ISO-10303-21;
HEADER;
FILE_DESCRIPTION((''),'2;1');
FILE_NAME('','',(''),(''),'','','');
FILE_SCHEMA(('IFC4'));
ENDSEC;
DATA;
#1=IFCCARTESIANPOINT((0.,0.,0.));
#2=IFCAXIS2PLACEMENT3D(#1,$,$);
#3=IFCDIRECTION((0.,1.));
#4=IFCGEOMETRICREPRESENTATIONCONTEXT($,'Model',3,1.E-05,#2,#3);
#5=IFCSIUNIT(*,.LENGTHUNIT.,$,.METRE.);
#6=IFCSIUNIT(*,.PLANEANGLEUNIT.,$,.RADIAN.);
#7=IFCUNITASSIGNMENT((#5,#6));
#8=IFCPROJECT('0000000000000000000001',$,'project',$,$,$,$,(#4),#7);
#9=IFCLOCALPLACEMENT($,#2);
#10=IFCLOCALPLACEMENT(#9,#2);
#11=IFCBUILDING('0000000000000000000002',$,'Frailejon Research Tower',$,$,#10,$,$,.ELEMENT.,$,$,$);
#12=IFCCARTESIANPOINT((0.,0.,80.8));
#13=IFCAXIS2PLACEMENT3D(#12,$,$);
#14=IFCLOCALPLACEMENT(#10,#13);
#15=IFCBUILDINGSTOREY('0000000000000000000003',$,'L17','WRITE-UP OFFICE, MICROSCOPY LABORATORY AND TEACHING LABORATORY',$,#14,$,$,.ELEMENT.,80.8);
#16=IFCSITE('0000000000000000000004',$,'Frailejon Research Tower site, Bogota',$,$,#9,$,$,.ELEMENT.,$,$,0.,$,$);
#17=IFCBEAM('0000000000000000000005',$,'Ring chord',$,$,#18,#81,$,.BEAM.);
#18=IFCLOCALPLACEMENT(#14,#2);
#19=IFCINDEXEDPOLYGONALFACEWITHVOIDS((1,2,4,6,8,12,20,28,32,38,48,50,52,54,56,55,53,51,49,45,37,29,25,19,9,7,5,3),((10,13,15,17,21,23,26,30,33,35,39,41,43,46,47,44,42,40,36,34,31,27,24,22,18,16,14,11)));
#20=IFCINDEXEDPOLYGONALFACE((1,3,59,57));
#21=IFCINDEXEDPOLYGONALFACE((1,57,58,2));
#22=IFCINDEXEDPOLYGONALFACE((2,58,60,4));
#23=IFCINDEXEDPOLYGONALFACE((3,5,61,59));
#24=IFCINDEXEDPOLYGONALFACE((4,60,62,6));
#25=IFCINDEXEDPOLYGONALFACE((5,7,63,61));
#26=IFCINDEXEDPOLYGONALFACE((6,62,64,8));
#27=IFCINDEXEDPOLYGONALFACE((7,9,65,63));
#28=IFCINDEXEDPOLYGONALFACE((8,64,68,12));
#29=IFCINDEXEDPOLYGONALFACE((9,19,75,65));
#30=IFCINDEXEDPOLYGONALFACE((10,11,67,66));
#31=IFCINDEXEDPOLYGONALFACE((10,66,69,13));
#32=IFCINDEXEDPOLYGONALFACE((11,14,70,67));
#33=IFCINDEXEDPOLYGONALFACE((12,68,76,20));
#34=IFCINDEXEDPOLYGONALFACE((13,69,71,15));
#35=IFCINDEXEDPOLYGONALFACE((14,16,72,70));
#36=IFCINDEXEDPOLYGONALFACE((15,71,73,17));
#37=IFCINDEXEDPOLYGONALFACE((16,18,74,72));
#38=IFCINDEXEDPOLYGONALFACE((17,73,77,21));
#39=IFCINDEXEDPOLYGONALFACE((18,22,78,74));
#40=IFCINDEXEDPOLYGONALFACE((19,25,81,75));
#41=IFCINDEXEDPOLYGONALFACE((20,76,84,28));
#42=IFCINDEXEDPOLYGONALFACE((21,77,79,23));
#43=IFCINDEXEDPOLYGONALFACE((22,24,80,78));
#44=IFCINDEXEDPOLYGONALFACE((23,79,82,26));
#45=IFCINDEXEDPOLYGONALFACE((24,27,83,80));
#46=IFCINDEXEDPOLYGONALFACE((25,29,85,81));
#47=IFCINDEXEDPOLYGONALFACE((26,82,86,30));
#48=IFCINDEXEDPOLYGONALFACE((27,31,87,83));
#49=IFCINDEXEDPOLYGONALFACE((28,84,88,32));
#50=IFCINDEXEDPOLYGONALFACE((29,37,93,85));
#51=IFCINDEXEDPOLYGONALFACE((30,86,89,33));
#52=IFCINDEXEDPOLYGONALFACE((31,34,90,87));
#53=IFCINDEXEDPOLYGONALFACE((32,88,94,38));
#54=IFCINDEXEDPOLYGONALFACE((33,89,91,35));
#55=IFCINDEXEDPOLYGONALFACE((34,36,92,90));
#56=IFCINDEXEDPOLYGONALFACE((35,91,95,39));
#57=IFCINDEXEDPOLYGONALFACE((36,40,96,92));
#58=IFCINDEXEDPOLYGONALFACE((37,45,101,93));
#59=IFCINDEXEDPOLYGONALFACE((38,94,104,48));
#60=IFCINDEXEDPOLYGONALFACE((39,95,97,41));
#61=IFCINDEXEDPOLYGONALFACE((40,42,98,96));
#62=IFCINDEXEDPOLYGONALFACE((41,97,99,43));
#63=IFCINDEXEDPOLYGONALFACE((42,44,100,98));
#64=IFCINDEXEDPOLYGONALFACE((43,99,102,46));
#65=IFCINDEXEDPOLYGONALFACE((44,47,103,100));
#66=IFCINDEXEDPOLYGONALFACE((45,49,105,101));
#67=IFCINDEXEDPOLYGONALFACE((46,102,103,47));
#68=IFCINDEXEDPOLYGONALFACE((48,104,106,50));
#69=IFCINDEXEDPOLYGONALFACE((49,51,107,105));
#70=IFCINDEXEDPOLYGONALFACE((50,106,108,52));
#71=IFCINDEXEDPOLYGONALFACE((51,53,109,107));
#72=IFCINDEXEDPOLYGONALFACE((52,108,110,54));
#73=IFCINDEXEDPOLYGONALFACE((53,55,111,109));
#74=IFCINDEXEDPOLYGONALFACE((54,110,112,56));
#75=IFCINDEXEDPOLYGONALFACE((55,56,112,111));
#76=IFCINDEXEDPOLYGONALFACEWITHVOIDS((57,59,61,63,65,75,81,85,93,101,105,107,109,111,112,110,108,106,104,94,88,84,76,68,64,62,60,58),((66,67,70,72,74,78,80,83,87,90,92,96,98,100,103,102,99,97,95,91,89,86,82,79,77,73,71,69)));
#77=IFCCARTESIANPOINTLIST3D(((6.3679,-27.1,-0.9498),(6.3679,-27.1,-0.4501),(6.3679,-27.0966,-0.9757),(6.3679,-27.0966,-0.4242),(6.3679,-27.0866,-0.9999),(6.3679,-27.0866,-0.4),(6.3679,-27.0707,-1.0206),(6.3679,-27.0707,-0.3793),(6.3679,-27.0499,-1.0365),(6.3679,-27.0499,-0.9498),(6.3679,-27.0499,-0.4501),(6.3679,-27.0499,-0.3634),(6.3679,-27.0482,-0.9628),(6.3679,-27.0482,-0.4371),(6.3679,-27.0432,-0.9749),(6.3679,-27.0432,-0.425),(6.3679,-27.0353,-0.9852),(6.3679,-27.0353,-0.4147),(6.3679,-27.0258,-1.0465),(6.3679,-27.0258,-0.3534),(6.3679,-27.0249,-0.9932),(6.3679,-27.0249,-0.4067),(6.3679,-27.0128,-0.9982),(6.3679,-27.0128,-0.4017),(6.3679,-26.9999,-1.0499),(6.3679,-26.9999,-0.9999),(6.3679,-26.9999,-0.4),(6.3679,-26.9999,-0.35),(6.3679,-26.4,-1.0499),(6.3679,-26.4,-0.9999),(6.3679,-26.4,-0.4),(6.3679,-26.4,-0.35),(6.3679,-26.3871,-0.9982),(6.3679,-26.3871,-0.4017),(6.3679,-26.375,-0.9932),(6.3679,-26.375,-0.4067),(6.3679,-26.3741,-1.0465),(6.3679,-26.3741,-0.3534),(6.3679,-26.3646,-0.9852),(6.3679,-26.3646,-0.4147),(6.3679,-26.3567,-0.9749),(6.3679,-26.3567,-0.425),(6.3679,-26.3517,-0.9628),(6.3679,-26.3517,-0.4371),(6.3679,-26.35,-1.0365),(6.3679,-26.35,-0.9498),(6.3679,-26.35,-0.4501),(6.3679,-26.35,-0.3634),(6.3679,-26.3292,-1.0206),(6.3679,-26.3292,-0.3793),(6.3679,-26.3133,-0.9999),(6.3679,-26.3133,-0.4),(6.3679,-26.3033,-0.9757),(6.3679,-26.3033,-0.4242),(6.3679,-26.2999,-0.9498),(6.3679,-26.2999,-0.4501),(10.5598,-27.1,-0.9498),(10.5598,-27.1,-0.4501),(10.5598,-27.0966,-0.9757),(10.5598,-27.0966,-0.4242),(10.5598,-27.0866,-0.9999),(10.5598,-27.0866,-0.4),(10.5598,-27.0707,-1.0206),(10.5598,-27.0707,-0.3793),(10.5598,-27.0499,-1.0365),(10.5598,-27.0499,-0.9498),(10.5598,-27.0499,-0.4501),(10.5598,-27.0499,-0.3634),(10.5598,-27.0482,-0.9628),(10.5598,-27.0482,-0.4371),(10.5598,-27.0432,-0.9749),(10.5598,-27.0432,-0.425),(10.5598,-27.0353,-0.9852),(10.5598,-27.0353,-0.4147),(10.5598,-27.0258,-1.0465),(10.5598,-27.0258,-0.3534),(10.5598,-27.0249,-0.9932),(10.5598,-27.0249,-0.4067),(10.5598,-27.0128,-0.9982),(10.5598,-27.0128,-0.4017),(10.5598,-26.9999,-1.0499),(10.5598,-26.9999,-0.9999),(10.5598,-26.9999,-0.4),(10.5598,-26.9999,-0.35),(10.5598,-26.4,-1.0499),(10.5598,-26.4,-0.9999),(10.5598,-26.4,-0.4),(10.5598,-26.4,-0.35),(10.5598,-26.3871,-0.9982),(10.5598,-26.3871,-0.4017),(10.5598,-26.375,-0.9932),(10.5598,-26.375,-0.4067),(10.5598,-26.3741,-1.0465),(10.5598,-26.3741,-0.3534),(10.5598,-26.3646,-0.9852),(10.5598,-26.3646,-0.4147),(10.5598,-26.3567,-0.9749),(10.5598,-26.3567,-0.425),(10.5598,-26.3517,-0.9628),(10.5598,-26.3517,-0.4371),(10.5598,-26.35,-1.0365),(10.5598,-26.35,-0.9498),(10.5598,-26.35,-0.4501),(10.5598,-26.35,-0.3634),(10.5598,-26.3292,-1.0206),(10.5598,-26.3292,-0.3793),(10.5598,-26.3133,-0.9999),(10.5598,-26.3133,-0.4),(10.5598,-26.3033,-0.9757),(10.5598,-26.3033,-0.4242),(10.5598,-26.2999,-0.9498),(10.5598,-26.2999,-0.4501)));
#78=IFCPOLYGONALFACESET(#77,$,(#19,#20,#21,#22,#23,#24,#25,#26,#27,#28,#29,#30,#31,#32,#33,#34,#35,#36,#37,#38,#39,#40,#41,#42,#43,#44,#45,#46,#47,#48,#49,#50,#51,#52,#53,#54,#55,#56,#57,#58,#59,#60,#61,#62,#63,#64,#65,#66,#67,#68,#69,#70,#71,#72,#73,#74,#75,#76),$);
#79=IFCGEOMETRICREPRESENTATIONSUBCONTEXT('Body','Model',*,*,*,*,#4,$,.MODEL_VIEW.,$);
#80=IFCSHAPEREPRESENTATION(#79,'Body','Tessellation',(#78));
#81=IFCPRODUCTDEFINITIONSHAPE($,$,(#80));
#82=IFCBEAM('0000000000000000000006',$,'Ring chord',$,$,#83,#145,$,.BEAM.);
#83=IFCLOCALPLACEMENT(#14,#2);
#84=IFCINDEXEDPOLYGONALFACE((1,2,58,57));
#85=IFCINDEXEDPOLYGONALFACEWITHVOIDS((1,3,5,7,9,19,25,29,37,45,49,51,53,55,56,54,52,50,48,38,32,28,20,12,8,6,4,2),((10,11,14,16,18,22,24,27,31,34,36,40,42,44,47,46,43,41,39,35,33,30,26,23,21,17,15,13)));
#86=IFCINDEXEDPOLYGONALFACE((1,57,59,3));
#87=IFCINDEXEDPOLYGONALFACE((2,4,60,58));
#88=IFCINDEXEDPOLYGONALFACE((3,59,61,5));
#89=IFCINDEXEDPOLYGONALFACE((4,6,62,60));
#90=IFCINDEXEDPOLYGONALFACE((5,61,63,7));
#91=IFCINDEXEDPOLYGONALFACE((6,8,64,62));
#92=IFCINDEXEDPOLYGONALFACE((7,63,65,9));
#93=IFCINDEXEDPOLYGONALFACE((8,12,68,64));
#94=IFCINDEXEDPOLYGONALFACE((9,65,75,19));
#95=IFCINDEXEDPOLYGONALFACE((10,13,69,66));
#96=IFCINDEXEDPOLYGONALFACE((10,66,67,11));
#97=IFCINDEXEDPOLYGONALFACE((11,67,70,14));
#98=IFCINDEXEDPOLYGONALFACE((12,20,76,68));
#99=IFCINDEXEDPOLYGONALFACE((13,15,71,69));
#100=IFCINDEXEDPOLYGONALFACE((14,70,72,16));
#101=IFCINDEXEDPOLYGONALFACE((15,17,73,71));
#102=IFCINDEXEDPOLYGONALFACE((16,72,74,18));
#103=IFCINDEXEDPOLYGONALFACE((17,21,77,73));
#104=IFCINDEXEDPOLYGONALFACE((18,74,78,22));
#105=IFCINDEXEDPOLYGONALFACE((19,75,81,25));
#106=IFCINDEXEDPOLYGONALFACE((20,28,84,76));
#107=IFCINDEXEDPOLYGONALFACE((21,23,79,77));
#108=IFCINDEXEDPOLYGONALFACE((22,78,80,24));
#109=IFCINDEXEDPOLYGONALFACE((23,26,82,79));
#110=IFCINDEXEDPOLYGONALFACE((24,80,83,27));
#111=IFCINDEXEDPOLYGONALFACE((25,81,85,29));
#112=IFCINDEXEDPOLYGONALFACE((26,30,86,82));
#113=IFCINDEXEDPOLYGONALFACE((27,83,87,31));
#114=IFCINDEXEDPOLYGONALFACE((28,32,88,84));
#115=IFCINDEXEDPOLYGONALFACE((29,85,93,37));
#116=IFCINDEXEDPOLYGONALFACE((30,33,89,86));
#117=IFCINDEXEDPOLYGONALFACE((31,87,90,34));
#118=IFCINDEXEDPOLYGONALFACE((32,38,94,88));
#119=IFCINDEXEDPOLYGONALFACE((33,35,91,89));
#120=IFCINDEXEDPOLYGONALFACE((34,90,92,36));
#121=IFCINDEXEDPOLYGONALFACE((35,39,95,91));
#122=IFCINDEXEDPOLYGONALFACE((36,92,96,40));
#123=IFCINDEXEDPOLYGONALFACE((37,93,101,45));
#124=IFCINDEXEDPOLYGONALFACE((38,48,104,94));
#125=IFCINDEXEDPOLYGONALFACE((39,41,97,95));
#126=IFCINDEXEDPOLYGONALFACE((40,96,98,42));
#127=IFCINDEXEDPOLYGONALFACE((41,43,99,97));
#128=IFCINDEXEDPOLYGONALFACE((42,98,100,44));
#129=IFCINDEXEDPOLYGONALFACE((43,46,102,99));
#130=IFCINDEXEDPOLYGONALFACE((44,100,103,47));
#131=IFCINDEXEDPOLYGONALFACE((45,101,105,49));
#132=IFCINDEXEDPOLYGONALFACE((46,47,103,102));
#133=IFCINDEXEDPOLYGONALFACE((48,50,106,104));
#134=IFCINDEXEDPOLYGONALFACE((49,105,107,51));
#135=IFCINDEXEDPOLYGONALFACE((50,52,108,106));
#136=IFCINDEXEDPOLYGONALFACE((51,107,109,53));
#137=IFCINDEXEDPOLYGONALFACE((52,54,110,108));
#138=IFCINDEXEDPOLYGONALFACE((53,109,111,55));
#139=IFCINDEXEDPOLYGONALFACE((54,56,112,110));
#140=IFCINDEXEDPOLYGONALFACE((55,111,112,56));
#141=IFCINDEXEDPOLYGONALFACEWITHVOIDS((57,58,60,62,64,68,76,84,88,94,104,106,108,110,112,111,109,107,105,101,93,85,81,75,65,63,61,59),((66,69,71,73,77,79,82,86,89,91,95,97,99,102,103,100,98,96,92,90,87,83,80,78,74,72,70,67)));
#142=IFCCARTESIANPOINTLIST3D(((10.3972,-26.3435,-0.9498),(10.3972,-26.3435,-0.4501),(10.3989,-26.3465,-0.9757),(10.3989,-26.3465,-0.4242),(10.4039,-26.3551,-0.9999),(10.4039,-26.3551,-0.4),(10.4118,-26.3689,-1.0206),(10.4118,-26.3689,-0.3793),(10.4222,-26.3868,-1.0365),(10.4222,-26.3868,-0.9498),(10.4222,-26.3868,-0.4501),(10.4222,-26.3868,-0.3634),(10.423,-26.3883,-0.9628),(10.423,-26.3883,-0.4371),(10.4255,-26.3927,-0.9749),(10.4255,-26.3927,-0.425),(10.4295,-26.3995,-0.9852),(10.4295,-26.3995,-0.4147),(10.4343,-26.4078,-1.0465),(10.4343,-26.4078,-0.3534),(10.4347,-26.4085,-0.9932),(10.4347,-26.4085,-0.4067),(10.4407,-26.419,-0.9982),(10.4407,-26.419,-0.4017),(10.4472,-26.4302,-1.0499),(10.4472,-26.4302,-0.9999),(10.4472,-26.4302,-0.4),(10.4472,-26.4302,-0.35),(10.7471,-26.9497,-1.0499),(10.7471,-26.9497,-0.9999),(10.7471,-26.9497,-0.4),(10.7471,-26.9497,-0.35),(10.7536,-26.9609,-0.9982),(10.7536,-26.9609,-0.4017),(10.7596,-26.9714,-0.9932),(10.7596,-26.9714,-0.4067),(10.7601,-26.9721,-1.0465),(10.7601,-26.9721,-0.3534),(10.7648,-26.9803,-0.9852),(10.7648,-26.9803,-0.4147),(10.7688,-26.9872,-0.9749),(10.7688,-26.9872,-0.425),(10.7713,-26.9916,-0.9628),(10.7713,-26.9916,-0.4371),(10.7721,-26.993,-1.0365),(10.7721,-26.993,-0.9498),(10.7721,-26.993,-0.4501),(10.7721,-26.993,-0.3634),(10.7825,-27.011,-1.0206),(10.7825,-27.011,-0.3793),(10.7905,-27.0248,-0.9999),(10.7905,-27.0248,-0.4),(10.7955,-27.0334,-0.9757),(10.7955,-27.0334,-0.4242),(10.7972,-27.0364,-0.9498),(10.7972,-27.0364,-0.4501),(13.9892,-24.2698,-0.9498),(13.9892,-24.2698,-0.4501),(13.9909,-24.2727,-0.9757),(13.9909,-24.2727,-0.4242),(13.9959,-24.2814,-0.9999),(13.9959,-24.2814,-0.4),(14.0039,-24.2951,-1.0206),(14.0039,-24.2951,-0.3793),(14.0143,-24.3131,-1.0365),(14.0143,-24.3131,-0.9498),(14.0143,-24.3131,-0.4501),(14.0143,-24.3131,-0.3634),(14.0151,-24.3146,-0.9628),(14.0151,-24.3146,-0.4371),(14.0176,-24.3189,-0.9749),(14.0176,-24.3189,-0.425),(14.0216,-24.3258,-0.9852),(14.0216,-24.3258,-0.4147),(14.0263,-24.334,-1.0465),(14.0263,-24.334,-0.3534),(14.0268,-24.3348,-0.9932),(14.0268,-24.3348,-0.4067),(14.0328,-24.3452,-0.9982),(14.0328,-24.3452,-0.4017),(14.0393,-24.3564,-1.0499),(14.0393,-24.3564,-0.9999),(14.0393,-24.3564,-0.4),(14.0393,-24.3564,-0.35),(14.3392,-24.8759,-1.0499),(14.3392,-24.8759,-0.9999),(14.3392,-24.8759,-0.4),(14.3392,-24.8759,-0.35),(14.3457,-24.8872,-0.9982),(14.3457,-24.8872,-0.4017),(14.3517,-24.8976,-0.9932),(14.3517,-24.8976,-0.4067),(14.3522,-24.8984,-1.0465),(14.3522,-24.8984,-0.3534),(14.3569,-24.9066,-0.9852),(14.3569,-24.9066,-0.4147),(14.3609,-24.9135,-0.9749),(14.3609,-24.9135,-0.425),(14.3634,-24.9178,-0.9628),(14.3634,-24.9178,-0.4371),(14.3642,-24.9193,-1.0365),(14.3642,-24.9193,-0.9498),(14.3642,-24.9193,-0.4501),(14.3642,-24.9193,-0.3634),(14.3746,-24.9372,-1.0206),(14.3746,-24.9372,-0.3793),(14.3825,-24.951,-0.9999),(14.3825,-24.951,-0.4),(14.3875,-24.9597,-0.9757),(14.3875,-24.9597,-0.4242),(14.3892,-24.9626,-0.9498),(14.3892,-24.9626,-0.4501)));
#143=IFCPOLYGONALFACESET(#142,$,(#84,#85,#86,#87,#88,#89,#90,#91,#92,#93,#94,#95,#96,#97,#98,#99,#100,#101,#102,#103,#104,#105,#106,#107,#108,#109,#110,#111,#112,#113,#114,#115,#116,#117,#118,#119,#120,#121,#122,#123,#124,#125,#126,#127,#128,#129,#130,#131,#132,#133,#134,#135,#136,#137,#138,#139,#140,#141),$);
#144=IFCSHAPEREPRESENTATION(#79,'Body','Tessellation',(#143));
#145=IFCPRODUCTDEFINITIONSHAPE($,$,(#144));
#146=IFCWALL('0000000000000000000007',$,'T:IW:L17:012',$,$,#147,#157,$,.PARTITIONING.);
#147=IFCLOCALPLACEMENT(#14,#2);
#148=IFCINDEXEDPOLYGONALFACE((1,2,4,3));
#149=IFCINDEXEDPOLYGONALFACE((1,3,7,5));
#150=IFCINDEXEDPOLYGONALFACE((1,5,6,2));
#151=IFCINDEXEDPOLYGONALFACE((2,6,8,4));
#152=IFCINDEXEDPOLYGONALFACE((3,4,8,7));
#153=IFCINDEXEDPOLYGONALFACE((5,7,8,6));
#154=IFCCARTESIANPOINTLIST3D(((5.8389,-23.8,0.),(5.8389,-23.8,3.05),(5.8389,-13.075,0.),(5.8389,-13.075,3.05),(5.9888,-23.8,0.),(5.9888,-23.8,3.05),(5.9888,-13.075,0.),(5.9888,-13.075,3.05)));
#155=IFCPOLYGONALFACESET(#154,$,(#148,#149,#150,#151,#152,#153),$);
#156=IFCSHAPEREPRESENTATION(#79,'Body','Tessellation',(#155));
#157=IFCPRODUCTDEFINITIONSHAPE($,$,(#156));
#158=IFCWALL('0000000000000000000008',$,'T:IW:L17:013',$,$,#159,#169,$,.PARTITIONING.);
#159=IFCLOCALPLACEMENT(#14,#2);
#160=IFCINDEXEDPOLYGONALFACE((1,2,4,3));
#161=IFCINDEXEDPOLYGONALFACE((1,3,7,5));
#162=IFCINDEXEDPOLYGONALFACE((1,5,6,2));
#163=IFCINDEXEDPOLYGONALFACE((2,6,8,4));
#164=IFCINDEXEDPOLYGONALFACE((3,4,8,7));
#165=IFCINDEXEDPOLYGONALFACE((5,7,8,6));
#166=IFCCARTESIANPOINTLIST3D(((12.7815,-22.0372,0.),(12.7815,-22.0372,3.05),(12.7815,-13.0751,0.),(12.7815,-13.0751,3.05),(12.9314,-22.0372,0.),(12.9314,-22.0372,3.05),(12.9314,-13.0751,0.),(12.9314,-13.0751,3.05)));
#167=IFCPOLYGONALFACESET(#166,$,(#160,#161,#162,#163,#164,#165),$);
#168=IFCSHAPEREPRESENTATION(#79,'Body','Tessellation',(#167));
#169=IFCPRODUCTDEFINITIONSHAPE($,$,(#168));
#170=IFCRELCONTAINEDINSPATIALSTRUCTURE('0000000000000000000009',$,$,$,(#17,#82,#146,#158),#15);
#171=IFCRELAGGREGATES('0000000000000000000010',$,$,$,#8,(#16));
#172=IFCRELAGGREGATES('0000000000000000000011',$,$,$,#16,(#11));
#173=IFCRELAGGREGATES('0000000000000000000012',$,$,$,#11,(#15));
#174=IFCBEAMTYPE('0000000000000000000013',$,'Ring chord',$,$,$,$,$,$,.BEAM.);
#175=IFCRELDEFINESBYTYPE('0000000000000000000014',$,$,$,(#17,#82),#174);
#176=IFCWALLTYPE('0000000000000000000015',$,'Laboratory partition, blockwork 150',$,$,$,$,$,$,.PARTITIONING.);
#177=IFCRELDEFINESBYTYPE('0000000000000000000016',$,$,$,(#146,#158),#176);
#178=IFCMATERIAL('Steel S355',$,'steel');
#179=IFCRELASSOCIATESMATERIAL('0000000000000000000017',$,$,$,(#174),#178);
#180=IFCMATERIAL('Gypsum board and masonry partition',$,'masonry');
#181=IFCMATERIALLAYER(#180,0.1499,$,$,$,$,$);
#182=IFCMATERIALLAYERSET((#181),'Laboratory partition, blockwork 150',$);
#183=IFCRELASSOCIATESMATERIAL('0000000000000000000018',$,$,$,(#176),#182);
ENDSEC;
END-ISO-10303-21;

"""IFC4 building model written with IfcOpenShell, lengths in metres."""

from ifc_helpers import new_model, si_unit, direction, frame, frame_2d, origin, origin_2d, place, context, subcontext, project, spatial, rectangle, hollow_rectangle, extrude, material, layer, layer_set, material_profile, profile_set, type_object, element, save


model = new_model("IFC4")

# Units and contexts
model_context = context("Model", 3, precision=1e-05, world=origin(), true_north=direction((0.0, 1.0)))
body_context = subcontext(model_context, "Body", "Model", "MODEL_VIEW")
ifc_project = project(units=[si_unit("LENGTHUNIT", "METRE"), si_unit("PLANEANGLEUNIT", "RADIAN")], contexts=[model_context])

# Site, building, storey
site_placement = place(None, origin())
site = spatial("IfcSite", under=ifc_project, at=site_placement, Name="Frailejon Research Tower site, Bogota", CompositionType="ELEMENT", RefElevation=0.0)
building_placement = place(site_placement, origin())
building = spatial("IfcBuilding", under=site, at=building_placement, Name="Frailejon Research Tower", CompositionType="ELEMENT")
storey_placement = place(building_placement, frame((0.0, 0.0, 80.8)))
storey = spatial("IfcBuildingStorey", under=building, at=storey_placement, Name="L17", Description="WRITE-UP OFFICE, MICROSCOPY LABORATORY AND TEACHING LABORATORY", CompositionType="ELEMENT", Elevation=80.8)

# Beams
ifc_material_1 = material(Name="Steel S355", Category="steel")
ifc_material_profile_1 = material_profile(ifc_material_1, hollow_rectangle(XDim=0.8, YDim=0.7, WallThickness=0.05, InnerFilletRadius=0.05, OuterFilletRadius=0.1001, at=origin_2d()), Name="Ring chord")
ifc_profile_set_1 = profile_set([ifc_material_profile_1], Name="Steel S355")
beam_type_1 = type_object("IfcBeamType", Name="Ring chord", PredefinedType="BEAM", material=ifc_profile_set_1)
for number, where, z_axis, x_axis, name in (
    (1, (6.3679, -26.7, -0.7), (1.0, 0.0, 0.0), (0.0, 1.0, 0.0), "Ring chord"),
):
    element("IfcBeam", number, at=place(storey_placement, frame(where, z_axis=z_axis, x_axis=x_axis)), inside=storey, type_object=beam_type_1, Name=name, PredefinedType="BEAM", context=body_context, shape_type="SweptSolid", body=[
        extrude(hollow_rectangle(XDim=0.8, YDim=0.7, WallThickness=0.05, InnerFilletRadius=0.05, OuterFilletRadius=0.1001, at=origin_2d()), origin(), (0.0, 0.0, 1.0), 4.1919),
    ])
beam_1_placement = place(storey_placement, frame((10.5972, -26.6899, -0.7), z_axis=(0.86604, 0.499976, 0.0), x_axis=(-0.499976, 0.86604, 0.0)))
element("IfcBeam", 2, at=beam_1_placement, inside=storey, type_object=beam_type_1, Name="Ring chord", PredefinedType="BEAM", context=body_context, shape_type="SweptSolid", body=[
    extrude(hollow_rectangle(XDim=0.8, YDim=0.7, WallThickness=0.05, InnerFilletRadius=0.05, OuterFilletRadius=0.1001, at=origin_2d()), origin(), (0.0, 0.0, 1.0), 4.1477),
])

# Walls
ifc_material_2 = material(Name="Gypsum board and masonry partition", Category="masonry")
ifc_layer_1 = layer(ifc_material_2, 0.1499)
ifc_layer_set_1 = layer_set([ifc_layer_1], Name="Laboratory partition, blockwork 150")
wall_type_1 = type_object("IfcWallType", Name="Laboratory partition, blockwork 150", PredefinedType="PARTITIONING", material=ifc_layer_set_1)
wall_1_placement = place(storey_placement, frame((5.9138, -23.8, 0.0), z_axis=(0.0, 0.0, 1.0), x_axis=(0.0, 1.0, 0.0)))
element("IfcWall", 3, at=wall_1_placement, inside=storey, type_object=wall_type_1, Name="T:IW:L17:012", PredefinedType="PARTITIONING", context=body_context, shape_type="SweptSolid", body=[
    extrude(rectangle(XDim=10.7251, YDim=0.1499, at=frame_2d((5.3625, 0.0))), origin(), (0.0, 0.0, 1.0), 3.05),
])
wall_2_placement = place(storey_placement, frame((12.8564, -22.0371, 0.0), z_axis=(0.0, 0.0, 1.0), x_axis=(0.0, 1.0, 0.0)))
element("IfcWall", 4, at=wall_2_placement, inside=storey, type_object=wall_type_1, Name="T:IW:L17:013", PredefinedType="PARTITIONING", context=body_context, shape_type="SweptSolid", body=[
    extrude(rectangle(XDim=8.9622, YDim=0.1499, at=frame_2d((4.481, 0.0))), origin(), (0.0, 0.0, 1.0), 3.05),
])

save(model, "model.ifc")
